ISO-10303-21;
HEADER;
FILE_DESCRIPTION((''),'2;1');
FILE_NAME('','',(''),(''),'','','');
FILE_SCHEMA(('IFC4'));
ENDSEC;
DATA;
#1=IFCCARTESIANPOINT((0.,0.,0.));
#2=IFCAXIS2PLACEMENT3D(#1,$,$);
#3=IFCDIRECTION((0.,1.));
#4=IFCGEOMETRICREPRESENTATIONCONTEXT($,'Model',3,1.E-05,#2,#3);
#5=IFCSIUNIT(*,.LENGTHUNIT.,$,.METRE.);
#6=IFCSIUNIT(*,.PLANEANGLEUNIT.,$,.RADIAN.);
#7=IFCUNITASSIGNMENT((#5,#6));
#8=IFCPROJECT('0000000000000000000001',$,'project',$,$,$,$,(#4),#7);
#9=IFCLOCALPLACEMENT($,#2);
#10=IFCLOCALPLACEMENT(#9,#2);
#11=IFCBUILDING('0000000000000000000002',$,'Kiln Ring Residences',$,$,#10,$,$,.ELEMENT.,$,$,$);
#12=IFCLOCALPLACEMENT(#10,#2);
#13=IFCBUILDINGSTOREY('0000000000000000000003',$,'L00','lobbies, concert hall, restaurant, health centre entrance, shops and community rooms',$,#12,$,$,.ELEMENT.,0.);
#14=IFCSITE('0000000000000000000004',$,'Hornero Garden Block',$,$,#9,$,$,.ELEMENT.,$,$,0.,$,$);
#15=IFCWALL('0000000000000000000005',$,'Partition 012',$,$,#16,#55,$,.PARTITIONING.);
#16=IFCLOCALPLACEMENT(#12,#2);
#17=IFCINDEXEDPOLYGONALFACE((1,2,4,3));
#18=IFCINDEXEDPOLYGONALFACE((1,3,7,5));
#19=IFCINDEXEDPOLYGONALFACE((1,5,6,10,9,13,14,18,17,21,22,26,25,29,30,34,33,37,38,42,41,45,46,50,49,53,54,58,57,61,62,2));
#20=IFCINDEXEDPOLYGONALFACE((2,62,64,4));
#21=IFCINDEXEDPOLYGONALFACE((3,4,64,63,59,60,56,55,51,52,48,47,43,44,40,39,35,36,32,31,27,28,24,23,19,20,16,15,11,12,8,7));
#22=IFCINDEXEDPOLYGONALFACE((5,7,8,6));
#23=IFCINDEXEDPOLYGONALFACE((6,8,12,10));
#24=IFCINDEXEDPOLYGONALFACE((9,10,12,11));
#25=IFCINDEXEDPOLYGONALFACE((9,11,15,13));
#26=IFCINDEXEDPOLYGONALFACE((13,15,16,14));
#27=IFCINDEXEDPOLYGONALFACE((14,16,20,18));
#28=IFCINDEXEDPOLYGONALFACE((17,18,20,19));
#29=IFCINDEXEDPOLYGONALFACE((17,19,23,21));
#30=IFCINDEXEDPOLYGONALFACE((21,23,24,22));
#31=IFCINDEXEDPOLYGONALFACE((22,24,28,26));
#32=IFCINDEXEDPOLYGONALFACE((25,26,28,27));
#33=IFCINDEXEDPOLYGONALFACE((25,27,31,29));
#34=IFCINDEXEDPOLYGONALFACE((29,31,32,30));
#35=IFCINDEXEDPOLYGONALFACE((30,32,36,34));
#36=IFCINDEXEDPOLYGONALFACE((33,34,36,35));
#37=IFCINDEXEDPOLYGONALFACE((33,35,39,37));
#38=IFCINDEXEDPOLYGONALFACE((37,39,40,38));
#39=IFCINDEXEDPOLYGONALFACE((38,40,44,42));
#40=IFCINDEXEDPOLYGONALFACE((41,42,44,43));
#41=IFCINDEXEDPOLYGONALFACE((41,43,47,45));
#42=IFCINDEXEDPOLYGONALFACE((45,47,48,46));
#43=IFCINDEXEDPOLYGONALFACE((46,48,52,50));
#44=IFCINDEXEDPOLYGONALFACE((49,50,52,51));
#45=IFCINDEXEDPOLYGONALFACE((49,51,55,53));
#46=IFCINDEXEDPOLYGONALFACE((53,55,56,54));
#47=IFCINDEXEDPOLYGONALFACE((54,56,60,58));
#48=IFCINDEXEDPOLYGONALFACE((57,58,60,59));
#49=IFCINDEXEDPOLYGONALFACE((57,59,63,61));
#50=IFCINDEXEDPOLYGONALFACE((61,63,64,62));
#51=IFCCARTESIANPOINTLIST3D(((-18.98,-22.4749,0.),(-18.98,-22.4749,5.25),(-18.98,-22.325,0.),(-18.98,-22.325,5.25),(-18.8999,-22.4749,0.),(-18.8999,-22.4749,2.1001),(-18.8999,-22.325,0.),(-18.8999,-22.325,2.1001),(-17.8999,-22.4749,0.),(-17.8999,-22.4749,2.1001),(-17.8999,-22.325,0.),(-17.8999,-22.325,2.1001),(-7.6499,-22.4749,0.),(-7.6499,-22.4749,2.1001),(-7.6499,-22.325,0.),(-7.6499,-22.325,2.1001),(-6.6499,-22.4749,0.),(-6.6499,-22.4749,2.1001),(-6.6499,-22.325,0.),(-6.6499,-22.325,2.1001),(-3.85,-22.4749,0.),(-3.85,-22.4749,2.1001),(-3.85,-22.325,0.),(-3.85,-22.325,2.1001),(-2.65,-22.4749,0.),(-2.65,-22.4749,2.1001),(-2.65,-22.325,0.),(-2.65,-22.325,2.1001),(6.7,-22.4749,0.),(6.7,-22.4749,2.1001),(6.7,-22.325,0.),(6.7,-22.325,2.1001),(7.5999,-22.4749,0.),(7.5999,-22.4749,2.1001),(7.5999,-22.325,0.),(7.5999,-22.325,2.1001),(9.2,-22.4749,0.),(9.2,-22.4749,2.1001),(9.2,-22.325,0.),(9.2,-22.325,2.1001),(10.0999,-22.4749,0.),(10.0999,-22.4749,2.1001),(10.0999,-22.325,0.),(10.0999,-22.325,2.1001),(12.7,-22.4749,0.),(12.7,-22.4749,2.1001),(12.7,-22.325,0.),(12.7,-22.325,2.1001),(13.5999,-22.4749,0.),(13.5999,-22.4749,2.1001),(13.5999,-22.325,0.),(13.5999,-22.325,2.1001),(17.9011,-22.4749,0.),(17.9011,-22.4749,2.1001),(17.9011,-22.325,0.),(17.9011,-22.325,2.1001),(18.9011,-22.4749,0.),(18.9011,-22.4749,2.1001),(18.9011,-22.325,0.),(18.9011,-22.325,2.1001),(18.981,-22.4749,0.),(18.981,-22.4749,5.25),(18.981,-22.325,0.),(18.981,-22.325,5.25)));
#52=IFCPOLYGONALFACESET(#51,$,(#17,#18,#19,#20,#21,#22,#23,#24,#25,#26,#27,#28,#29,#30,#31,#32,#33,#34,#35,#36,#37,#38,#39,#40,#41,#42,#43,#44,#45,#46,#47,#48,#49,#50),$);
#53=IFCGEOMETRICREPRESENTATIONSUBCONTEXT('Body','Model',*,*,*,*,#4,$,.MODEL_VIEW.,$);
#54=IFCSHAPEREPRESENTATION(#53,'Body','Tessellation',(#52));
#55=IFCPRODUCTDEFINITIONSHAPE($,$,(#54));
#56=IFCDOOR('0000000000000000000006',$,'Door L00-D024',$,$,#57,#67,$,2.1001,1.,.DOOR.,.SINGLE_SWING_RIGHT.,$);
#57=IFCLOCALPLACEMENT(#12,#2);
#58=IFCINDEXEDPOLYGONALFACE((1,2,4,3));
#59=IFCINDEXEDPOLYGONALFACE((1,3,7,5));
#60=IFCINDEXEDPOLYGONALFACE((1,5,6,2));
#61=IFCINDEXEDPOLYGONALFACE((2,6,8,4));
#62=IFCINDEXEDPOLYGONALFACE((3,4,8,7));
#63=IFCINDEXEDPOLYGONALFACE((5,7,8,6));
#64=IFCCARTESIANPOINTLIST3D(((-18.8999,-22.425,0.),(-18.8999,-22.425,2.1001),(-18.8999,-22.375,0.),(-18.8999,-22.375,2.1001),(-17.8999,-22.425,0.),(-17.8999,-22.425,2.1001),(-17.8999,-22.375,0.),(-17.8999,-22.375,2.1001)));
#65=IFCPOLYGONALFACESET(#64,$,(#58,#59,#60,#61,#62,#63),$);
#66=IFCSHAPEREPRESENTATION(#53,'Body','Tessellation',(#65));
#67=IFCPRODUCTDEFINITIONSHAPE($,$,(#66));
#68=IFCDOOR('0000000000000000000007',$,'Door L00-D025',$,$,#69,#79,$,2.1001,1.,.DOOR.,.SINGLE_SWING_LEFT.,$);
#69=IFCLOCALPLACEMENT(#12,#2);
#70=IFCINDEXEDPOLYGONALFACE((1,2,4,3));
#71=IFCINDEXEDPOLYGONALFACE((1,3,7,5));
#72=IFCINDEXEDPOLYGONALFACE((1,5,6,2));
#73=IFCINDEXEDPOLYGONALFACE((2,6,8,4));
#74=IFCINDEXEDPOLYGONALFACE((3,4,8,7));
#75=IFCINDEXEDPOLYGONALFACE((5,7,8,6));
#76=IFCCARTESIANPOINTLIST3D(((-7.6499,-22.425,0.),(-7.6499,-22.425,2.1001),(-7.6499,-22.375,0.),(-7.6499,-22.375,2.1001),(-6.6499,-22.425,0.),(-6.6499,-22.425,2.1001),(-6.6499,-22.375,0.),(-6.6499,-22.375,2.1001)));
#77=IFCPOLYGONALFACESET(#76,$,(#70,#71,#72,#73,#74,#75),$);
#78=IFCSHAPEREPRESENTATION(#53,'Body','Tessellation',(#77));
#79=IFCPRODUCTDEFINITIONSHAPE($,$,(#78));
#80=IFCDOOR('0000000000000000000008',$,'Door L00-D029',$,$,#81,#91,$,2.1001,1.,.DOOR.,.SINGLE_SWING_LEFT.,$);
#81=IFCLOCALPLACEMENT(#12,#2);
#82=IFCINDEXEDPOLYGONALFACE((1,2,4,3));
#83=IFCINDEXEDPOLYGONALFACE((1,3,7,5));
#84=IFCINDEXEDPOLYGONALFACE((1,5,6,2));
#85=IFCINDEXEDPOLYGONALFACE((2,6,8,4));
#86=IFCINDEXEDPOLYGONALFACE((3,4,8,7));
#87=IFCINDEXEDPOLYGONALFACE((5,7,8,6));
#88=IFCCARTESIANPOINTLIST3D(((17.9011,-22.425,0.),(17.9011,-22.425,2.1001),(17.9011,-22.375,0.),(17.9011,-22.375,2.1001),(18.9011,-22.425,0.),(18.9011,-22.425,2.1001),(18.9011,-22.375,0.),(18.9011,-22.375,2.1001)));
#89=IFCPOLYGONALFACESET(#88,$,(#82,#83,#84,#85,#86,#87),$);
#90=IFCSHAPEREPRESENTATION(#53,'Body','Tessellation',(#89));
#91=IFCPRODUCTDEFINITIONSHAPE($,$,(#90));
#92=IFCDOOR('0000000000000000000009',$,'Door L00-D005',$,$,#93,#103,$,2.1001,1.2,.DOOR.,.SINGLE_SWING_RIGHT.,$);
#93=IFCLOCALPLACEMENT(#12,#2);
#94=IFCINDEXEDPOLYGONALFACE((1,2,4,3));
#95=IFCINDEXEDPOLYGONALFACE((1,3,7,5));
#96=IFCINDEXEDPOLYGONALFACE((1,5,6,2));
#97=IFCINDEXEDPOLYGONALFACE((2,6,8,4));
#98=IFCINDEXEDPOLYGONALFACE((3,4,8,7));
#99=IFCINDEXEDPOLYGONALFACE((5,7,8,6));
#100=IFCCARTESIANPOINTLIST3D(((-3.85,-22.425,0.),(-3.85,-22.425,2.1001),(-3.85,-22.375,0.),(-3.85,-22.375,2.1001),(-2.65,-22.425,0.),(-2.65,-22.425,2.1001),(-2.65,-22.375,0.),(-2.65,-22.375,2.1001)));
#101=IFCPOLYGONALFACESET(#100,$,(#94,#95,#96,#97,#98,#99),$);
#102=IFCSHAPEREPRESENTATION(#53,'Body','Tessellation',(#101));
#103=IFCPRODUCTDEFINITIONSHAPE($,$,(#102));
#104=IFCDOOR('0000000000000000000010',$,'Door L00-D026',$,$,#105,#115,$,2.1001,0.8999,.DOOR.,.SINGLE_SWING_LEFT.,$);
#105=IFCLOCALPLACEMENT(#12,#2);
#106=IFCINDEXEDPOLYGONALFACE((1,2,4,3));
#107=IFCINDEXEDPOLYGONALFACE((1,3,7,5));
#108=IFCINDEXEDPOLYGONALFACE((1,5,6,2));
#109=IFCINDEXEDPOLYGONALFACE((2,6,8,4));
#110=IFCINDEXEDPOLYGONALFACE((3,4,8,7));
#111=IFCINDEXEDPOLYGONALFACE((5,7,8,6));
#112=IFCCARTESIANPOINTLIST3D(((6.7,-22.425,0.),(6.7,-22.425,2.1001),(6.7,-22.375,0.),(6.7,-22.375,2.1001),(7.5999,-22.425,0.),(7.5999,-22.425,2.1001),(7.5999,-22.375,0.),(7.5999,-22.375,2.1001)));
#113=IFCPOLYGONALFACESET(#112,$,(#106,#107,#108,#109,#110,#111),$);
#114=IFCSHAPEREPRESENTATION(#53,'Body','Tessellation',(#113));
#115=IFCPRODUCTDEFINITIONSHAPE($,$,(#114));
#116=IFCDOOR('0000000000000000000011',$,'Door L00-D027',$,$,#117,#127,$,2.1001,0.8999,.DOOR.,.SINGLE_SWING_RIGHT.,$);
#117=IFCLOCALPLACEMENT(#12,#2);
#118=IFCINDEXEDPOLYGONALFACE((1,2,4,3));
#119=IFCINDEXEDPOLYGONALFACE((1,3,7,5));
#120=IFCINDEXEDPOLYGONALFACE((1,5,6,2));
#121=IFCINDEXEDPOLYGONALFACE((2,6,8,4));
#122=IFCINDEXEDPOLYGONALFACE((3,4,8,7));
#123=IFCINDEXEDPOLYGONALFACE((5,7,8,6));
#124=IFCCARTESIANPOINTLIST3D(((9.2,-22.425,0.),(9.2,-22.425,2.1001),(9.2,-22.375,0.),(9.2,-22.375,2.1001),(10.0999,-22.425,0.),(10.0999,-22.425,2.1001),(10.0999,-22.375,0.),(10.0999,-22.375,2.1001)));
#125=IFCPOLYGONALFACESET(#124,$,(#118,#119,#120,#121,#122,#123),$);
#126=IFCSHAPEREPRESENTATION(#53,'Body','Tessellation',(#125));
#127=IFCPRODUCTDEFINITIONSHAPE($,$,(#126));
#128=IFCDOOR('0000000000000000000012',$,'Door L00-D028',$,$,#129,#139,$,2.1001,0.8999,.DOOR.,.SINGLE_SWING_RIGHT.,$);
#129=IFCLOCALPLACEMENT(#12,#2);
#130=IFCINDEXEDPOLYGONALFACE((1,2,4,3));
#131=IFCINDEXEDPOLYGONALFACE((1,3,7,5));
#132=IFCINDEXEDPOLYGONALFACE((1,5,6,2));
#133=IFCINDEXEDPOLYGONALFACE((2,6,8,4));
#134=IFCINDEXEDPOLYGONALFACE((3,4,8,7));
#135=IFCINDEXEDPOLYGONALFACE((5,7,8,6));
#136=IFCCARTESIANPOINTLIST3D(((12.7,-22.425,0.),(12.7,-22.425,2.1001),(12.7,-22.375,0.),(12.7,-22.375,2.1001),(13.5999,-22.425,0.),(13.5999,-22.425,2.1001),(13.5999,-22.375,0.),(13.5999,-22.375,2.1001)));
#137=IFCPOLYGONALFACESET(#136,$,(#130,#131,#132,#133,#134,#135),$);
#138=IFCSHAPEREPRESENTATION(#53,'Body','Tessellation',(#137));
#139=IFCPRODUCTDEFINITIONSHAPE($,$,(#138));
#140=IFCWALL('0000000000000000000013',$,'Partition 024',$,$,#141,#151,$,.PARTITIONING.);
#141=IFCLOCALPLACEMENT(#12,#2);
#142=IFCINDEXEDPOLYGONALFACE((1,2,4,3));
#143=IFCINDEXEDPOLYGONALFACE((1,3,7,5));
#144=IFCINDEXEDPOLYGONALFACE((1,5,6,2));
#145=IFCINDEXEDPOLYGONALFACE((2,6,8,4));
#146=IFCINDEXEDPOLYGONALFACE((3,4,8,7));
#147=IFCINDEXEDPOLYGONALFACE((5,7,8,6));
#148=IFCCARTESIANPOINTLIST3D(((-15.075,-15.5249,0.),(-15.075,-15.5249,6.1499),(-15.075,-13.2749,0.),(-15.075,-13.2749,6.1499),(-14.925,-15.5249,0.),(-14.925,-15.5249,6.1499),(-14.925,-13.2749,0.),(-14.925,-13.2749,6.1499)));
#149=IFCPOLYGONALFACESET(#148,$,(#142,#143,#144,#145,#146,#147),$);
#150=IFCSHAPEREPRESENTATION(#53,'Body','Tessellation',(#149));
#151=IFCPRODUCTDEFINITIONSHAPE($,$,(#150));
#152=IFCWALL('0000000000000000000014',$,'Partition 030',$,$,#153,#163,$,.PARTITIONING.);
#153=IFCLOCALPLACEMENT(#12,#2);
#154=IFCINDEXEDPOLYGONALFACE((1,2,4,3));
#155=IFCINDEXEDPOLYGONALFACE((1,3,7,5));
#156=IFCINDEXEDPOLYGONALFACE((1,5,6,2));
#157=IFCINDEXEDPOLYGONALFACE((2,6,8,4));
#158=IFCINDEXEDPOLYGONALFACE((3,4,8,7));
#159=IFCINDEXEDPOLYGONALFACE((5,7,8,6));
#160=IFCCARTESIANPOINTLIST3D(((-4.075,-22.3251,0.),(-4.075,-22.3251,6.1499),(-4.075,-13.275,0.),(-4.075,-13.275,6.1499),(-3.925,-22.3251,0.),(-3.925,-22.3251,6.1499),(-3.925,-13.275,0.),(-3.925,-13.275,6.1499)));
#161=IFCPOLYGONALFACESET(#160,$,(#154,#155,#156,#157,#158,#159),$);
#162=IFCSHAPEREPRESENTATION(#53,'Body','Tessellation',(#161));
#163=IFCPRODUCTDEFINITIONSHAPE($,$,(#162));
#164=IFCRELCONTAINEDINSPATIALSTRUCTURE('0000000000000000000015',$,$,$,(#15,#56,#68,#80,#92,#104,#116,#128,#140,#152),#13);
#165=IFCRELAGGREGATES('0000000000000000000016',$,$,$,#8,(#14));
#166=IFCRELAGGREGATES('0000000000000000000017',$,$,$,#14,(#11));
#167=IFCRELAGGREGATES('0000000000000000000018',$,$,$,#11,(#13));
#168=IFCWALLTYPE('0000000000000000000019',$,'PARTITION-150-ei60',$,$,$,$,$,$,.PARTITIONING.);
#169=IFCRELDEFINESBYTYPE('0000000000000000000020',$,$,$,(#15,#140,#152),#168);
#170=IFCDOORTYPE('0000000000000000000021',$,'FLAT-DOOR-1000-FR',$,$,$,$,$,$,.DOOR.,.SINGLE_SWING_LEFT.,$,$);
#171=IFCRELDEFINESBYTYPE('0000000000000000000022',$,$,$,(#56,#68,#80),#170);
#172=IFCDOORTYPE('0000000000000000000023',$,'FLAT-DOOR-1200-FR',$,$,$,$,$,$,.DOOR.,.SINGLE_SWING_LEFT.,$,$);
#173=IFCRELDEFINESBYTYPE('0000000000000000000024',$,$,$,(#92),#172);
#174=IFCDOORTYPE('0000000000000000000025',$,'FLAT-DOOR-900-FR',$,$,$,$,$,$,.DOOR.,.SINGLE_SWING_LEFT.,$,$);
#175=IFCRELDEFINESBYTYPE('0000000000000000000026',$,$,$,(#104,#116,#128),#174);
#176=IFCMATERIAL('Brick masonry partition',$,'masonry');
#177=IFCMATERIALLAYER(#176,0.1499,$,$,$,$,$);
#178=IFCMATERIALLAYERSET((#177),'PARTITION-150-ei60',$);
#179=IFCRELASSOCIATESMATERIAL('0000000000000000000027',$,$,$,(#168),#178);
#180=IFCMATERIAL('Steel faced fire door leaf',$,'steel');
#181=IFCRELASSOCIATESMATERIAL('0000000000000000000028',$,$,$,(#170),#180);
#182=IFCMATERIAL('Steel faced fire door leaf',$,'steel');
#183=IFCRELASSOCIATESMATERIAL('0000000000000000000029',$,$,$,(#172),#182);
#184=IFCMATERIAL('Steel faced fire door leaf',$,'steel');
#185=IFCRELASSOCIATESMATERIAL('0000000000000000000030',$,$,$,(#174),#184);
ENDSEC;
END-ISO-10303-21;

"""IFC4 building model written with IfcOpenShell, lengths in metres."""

from ifc_helpers import new_model, si_unit, direction, frame, frame_2d, origin, place, context, subcontext, project, spatial, rectangle, extrude, material, layer, layer_set, type_object, element, fill, save


model = new_model("IFC4")

# Units and contexts
model_context = context("Model", 3, precision=1e-05, world=origin(), true_north=direction((0.0, 1.0)))
body_context = subcontext(model_context, "Body", "Model", "MODEL_VIEW")
ifc_project = project(units=[si_unit("LENGTHUNIT", "METRE"), si_unit("PLANEANGLEUNIT", "RADIAN")], contexts=[model_context])

# Site, building, storey
site_placement = place(None, origin())
site = spatial("IfcSite", under=ifc_project, at=site_placement, Name="Hornero Garden Block", CompositionType="ELEMENT", RefElevation=0.0)
building_placement = place(site_placement, origin())
building = spatial("IfcBuilding", under=site, at=building_placement, Name="Kiln Ring Residences", CompositionType="ELEMENT")
storey_placement = place(building_placement, origin())
storey = spatial("IfcBuildingStorey", under=building, at=storey_placement, Name="L00", Description="lobbies, concert hall, restaurant, health centre entrance, shops and community rooms", CompositionType="ELEMENT", Elevation=0.0)

# Wall, openings, doors
ifc_material_1 = material(Name="Brick masonry partition", Category="masonry")
ifc_layer_1 = layer(ifc_material_1, 0.1499)
ifc_layer_set_1 = layer_set([ifc_layer_1], Name="PARTITION-150-ei60")
wall_type_1 = type_object("IfcWallType", Name="PARTITION-150-ei60", PredefinedType="PARTITIONING", material=ifc_layer_set_1)
wall_1_placement = place(storey_placement, frame((-18.98, -22.3999, 0.0), z_axis=(0.0, 0.0, 1.0), x_axis=(1.0, 0.0, 0.0)))
wall_1 = element("IfcWall", 1, at=wall_1_placement, inside=storey, type_object=wall_type_1, Name="Partition 012", PredefinedType="PARTITIONING", context=body_context, shape_type="SweptSolid", body=[
    extrude(rectangle(XDim=37.9609, YDim=0.1499, at=frame_2d((18.9805, 0.0))), origin(), (0.0, 0.0, 1.0), 5.25),
])
opening_1_placement = place(wall_1_placement, frame((15.1299, 0.0, 0.0)))
opening_1 = element("IfcOpeningElement", 2, at=opening_1_placement, cuts=wall_1, PredefinedType="OPENING", context=body_context, shape_type="SweptSolid", body=[
    extrude(rectangle(XDim=1.2, YDim=2.1001, at=frame_2d((0.6001, 1.05))), frame((0.0, 0.085, 0.0), z_axis=(0.0, -1.0, 0.0), x_axis=(1.0, 0.0, 0.0)), (0.0, 0.0, 1.0), 0.1699),
])
opening_2_placement = place(wall_1_placement, frame((0.0801, 0.0, 0.0)))
opening_2 = element("IfcOpeningElement", 3, at=opening_2_placement, cuts=wall_1, PredefinedType="OPENING", context=body_context, shape_type="SweptSolid", body=[
    extrude(rectangle(XDim=1.0, YDim=2.1001, at=frame_2d((0.5, 1.05))), frame((0.0, 0.085, 0.0), z_axis=(0.0, -1.0, 0.0), x_axis=(1.0, 0.0, 0.0)), (0.0, 0.0, 1.0), 0.1699),
])
opening_3_placement = place(wall_1_placement, frame((11.3301, 0.0, 0.0)))
opening_3 = element("IfcOpeningElement", 4, at=opening_3_placement, cuts=wall_1, PredefinedType="OPENING", context=body_context, shape_type="SweptSolid", body=[
    extrude(rectangle(XDim=1.0, YDim=2.1001, at=frame_2d((0.5, 1.05))), frame((0.0, 0.085, 0.0), z_axis=(0.0, -1.0, 0.0), x_axis=(1.0, 0.0, 0.0)), (0.0, 0.0, 1.0), 0.1699),
])
opening_4_placement = place(wall_1_placement, frame((25.6799, 0.0, 0.0)))
opening_4 = element("IfcOpeningElement", 5, at=opening_4_placement, cuts=wall_1, PredefinedType="OPENING", context=body_context, shape_type="SweptSolid", body=[
    extrude(rectangle(XDim=0.8999, YDim=2.1001, at=frame_2d((0.45, 1.05))), frame((0.0, 0.085, 0.0), z_axis=(0.0, -1.0, 0.0), x_axis=(1.0, 0.0, 0.0)), (0.0, 0.0, 1.0), 0.1699),
])
opening_5_placement = place(wall_1_placement, frame((28.1799, 0.0, 0.0)))
opening_5 = element("IfcOpeningElement", 6, at=opening_5_placement, cuts=wall_1, PredefinedType="OPENING", context=body_context, shape_type="SweptSolid", body=[
    extrude(rectangle(XDim=0.8999, YDim=2.1001, at=frame_2d((0.45, 1.05))), frame((0.0, 0.085, 0.0), z_axis=(0.0, -1.0, 0.0), x_axis=(1.0, 0.0, 0.0)), (0.0, 0.0, 1.0), 0.1699),
])
opening_6_placement = place(wall_1_placement, frame((31.6799, 0.0, 0.0)))
opening_6 = element("IfcOpeningElement", 7, at=opening_6_placement, cuts=wall_1, PredefinedType="OPENING", context=body_context, shape_type="SweptSolid", body=[
    extrude(rectangle(XDim=0.8999, YDim=2.1001, at=frame_2d((0.45, 1.05))), frame((0.0, 0.085, 0.0), z_axis=(0.0, -1.0, 0.0), x_axis=(1.0, 0.0, 0.0)), (0.0, 0.0, 1.0), 0.1699),
])
opening_7_placement = place(wall_1_placement, frame((36.8811, 0.0, 0.0)))
opening_7 = element("IfcOpeningElement", 8, at=opening_7_placement, cuts=wall_1, PredefinedType="OPENING", context=body_context, shape_type="SweptSolid", body=[
    extrude(rectangle(XDim=1.0, YDim=2.1001, at=frame_2d((0.5, 1.05))), frame((0.0, 0.085, 0.0), z_axis=(0.0, -1.0, 0.0), x_axis=(1.0, 0.0, 0.0)), (0.0, 0.0, 1.0), 0.1699),
])
ifc_material_2 = material(Name="Steel faced fire door leaf", Category="steel")
door_type_1 = type_object("IfcDoorType", Name="FLAT-DOOR-1000-FR", OperationType="SINGLE_SWING_LEFT", PredefinedType="DOOR", material=ifc_material_2)
door_1_placement = place(opening_2_placement, origin())
door_1 = element("IfcDoor", 9, at=door_1_placement, inside=storey, type_object=door_type_1, Name="Door L00-D024", OperationType="SINGLE_SWING_RIGHT", OverallHeight=2.1001, OverallWidth=1.0, PredefinedType="DOOR", context=body_context, shape_type="SweptSolid", body=[
    extrude(rectangle(XDim=1.0, YDim=2.1001, at=frame_2d((0.5, 1.05))), frame((0.0, 0.0249, 0.0), z_axis=(0.0, -1.0, 0.0), x_axis=(1.0, 0.0, 0.0)), (0.0, 0.0, 1.0), 0.05),
])
fill(opening_2, door_1)
door_2_placement = place(opening_3_placement, origin())
door_2 = element("IfcDoor", 10, at=door_2_placement, inside=storey, type_object=door_type_1, Name="Door L00-D025", OperationType="SINGLE_SWING_LEFT", OverallHeight=2.1001, OverallWidth=1.0, PredefinedType="DOOR", context=body_context, shape_type="SweptSolid", body=[
    extrude(rectangle(XDim=1.0, YDim=2.1001, at=frame_2d((0.5, 1.05))), frame((0.0, 0.0249, 0.0), z_axis=(0.0, -1.0, 0.0), x_axis=(1.0, 0.0, 0.0)), (0.0, 0.0, 1.0), 0.05),
])
fill(opening_3, door_2)
door_3_placement = place(opening_7_placement, origin())
door_3 = element("IfcDoor", 11, at=door_3_placement, inside=storey, type_object=door_type_1, Name="Door L00-D029", OperationType="SINGLE_SWING_LEFT", OverallHeight=2.1001, OverallWidth=1.0, PredefinedType="DOOR", context=body_context, shape_type="SweptSolid", body=[
    extrude(rectangle(XDim=1.0, YDim=2.1001, at=frame_2d((0.5, 1.05))), frame((0.0, 0.0249, 0.0), z_axis=(0.0, -1.0, 0.0), x_axis=(1.0, 0.0, 0.0)), (0.0, 0.0, 1.0), 0.05),
])
fill(opening_7, door_3)
ifc_material_3 = material(Name="Steel faced fire door leaf", Category="steel")
door_type_2 = type_object("IfcDoorType", Name="FLAT-DOOR-1200-FR", OperationType="SINGLE_SWING_LEFT", PredefinedType="DOOR", material=ifc_material_3)
door_4_placement = place(opening_1_placement, origin())
door_4 = element("IfcDoor", 12, at=door_4_placement, inside=storey, type_object=door_type_2, Name="Door L00-D005", OperationType="SINGLE_SWING_RIGHT", OverallHeight=2.1001, OverallWidth=1.2, PredefinedType="DOOR", context=body_context, shape_type="SweptSolid", body=[
    extrude(rectangle(XDim=1.2, YDim=2.1001, at=frame_2d((0.6001, 1.05))), frame((0.0, 0.0249, 0.0), z_axis=(0.0, -1.0, 0.0), x_axis=(1.0, 0.0, 0.0)), (0.0, 0.0, 1.0), 0.05),
])
fill(opening_1, door_4)
ifc_material_4 = material(Name="Steel faced fire door leaf", Category="steel")
door_type_3 = type_object("IfcDoorType", Name="FLAT-DOOR-900-FR", OperationType="SINGLE_SWING_LEFT", PredefinedType="DOOR", material=ifc_material_4)
door_5_placement = place(opening_4_placement, origin())
door_5 = element("IfcDoor", 13, at=door_5_placement, inside=storey, type_object=door_type_3, Name="Door L00-D026", OperationType="SINGLE_SWING_LEFT", OverallHeight=2.1001, OverallWidth=0.8999, PredefinedType="DOOR", context=body_context, shape_type="SweptSolid", body=[
    extrude(rectangle(XDim=0.8999, YDim=2.1001, at=frame_2d((0.45, 1.05))), frame((0.0, 0.0249, 0.0), z_axis=(0.0, -1.0, 0.0), x_axis=(1.0, 0.0, 0.0)), (0.0, 0.0, 1.0), 0.05),
])
fill(opening_4, door_5)
door_6_placement = place(opening_5_placement, origin())
door_6 = element("IfcDoor", 14, at=door_6_placement, inside=storey, type_object=door_type_3, Name="Door L00-D027", OperationType="SINGLE_SWING_RIGHT", OverallHeight=2.1001, OverallWidth=0.8999, PredefinedType="DOOR", context=body_context, shape_type="SweptSolid", body=[
    extrude(rectangle(XDim=0.8999, YDim=2.1001, at=frame_2d((0.45, 1.05))), frame((0.0, 0.0249, 0.0), z_axis=(0.0, -1.0, 0.0), x_axis=(1.0, 0.0, 0.0)), (0.0, 0.0, 1.0), 0.05),
])
fill(opening_5, door_6)
door_7_placement = place(opening_6_placement, origin())
door_7 = element("IfcDoor", 15, at=door_7_placement, inside=storey, type_object=door_type_3, Name="Door L00-D028", OperationType="SINGLE_SWING_RIGHT", OverallHeight=2.1001, OverallWidth=0.8999, PredefinedType="DOOR", context=body_context, shape_type="SweptSolid", body=[
    extrude(rectangle(XDim=0.8999, YDim=2.1001, at=frame_2d((0.45, 1.05))), frame((0.0, 0.0249, 0.0), z_axis=(0.0, -1.0, 0.0), x_axis=(1.0, 0.0, 0.0)), (0.0, 0.0, 1.0), 0.05),
])
fill(opening_6, door_7)

# Walls
wall_2_placement = place(storey_placement, frame((-15.0, -15.5249, 0.0), z_axis=(0.0, 0.0, 1.0), x_axis=(0.0, 1.0, 0.0)))
element("IfcWall", 16, at=wall_2_placement, inside=storey, type_object=wall_type_1, Name="Partition 024", PredefinedType="PARTITIONING", context=body_context, shape_type="SweptSolid", body=[
    extrude(rectangle(XDim=2.25, YDim=0.1499, at=frame_2d((1.125, 0.0))), origin(), (0.0, 0.0, 1.0), 6.1499),
])
wall_3_placement = place(storey_placement, frame((-4.0, -22.325, 0.0), z_axis=(0.0, 0.0, 1.0), x_axis=(0.0, 1.0, 0.0)))
element("IfcWall", 17, at=wall_3_placement, inside=storey, type_object=wall_type_1, Name="Partition 030", PredefinedType="PARTITIONING", context=body_context, shape_type="SweptSolid", body=[
    extrude(rectangle(XDim=9.05, YDim=0.1499, at=frame_2d((4.5249, 0.0))), origin(), (0.0, 0.0, 1.0), 6.1499),
])

save(model, "model.ifc")
